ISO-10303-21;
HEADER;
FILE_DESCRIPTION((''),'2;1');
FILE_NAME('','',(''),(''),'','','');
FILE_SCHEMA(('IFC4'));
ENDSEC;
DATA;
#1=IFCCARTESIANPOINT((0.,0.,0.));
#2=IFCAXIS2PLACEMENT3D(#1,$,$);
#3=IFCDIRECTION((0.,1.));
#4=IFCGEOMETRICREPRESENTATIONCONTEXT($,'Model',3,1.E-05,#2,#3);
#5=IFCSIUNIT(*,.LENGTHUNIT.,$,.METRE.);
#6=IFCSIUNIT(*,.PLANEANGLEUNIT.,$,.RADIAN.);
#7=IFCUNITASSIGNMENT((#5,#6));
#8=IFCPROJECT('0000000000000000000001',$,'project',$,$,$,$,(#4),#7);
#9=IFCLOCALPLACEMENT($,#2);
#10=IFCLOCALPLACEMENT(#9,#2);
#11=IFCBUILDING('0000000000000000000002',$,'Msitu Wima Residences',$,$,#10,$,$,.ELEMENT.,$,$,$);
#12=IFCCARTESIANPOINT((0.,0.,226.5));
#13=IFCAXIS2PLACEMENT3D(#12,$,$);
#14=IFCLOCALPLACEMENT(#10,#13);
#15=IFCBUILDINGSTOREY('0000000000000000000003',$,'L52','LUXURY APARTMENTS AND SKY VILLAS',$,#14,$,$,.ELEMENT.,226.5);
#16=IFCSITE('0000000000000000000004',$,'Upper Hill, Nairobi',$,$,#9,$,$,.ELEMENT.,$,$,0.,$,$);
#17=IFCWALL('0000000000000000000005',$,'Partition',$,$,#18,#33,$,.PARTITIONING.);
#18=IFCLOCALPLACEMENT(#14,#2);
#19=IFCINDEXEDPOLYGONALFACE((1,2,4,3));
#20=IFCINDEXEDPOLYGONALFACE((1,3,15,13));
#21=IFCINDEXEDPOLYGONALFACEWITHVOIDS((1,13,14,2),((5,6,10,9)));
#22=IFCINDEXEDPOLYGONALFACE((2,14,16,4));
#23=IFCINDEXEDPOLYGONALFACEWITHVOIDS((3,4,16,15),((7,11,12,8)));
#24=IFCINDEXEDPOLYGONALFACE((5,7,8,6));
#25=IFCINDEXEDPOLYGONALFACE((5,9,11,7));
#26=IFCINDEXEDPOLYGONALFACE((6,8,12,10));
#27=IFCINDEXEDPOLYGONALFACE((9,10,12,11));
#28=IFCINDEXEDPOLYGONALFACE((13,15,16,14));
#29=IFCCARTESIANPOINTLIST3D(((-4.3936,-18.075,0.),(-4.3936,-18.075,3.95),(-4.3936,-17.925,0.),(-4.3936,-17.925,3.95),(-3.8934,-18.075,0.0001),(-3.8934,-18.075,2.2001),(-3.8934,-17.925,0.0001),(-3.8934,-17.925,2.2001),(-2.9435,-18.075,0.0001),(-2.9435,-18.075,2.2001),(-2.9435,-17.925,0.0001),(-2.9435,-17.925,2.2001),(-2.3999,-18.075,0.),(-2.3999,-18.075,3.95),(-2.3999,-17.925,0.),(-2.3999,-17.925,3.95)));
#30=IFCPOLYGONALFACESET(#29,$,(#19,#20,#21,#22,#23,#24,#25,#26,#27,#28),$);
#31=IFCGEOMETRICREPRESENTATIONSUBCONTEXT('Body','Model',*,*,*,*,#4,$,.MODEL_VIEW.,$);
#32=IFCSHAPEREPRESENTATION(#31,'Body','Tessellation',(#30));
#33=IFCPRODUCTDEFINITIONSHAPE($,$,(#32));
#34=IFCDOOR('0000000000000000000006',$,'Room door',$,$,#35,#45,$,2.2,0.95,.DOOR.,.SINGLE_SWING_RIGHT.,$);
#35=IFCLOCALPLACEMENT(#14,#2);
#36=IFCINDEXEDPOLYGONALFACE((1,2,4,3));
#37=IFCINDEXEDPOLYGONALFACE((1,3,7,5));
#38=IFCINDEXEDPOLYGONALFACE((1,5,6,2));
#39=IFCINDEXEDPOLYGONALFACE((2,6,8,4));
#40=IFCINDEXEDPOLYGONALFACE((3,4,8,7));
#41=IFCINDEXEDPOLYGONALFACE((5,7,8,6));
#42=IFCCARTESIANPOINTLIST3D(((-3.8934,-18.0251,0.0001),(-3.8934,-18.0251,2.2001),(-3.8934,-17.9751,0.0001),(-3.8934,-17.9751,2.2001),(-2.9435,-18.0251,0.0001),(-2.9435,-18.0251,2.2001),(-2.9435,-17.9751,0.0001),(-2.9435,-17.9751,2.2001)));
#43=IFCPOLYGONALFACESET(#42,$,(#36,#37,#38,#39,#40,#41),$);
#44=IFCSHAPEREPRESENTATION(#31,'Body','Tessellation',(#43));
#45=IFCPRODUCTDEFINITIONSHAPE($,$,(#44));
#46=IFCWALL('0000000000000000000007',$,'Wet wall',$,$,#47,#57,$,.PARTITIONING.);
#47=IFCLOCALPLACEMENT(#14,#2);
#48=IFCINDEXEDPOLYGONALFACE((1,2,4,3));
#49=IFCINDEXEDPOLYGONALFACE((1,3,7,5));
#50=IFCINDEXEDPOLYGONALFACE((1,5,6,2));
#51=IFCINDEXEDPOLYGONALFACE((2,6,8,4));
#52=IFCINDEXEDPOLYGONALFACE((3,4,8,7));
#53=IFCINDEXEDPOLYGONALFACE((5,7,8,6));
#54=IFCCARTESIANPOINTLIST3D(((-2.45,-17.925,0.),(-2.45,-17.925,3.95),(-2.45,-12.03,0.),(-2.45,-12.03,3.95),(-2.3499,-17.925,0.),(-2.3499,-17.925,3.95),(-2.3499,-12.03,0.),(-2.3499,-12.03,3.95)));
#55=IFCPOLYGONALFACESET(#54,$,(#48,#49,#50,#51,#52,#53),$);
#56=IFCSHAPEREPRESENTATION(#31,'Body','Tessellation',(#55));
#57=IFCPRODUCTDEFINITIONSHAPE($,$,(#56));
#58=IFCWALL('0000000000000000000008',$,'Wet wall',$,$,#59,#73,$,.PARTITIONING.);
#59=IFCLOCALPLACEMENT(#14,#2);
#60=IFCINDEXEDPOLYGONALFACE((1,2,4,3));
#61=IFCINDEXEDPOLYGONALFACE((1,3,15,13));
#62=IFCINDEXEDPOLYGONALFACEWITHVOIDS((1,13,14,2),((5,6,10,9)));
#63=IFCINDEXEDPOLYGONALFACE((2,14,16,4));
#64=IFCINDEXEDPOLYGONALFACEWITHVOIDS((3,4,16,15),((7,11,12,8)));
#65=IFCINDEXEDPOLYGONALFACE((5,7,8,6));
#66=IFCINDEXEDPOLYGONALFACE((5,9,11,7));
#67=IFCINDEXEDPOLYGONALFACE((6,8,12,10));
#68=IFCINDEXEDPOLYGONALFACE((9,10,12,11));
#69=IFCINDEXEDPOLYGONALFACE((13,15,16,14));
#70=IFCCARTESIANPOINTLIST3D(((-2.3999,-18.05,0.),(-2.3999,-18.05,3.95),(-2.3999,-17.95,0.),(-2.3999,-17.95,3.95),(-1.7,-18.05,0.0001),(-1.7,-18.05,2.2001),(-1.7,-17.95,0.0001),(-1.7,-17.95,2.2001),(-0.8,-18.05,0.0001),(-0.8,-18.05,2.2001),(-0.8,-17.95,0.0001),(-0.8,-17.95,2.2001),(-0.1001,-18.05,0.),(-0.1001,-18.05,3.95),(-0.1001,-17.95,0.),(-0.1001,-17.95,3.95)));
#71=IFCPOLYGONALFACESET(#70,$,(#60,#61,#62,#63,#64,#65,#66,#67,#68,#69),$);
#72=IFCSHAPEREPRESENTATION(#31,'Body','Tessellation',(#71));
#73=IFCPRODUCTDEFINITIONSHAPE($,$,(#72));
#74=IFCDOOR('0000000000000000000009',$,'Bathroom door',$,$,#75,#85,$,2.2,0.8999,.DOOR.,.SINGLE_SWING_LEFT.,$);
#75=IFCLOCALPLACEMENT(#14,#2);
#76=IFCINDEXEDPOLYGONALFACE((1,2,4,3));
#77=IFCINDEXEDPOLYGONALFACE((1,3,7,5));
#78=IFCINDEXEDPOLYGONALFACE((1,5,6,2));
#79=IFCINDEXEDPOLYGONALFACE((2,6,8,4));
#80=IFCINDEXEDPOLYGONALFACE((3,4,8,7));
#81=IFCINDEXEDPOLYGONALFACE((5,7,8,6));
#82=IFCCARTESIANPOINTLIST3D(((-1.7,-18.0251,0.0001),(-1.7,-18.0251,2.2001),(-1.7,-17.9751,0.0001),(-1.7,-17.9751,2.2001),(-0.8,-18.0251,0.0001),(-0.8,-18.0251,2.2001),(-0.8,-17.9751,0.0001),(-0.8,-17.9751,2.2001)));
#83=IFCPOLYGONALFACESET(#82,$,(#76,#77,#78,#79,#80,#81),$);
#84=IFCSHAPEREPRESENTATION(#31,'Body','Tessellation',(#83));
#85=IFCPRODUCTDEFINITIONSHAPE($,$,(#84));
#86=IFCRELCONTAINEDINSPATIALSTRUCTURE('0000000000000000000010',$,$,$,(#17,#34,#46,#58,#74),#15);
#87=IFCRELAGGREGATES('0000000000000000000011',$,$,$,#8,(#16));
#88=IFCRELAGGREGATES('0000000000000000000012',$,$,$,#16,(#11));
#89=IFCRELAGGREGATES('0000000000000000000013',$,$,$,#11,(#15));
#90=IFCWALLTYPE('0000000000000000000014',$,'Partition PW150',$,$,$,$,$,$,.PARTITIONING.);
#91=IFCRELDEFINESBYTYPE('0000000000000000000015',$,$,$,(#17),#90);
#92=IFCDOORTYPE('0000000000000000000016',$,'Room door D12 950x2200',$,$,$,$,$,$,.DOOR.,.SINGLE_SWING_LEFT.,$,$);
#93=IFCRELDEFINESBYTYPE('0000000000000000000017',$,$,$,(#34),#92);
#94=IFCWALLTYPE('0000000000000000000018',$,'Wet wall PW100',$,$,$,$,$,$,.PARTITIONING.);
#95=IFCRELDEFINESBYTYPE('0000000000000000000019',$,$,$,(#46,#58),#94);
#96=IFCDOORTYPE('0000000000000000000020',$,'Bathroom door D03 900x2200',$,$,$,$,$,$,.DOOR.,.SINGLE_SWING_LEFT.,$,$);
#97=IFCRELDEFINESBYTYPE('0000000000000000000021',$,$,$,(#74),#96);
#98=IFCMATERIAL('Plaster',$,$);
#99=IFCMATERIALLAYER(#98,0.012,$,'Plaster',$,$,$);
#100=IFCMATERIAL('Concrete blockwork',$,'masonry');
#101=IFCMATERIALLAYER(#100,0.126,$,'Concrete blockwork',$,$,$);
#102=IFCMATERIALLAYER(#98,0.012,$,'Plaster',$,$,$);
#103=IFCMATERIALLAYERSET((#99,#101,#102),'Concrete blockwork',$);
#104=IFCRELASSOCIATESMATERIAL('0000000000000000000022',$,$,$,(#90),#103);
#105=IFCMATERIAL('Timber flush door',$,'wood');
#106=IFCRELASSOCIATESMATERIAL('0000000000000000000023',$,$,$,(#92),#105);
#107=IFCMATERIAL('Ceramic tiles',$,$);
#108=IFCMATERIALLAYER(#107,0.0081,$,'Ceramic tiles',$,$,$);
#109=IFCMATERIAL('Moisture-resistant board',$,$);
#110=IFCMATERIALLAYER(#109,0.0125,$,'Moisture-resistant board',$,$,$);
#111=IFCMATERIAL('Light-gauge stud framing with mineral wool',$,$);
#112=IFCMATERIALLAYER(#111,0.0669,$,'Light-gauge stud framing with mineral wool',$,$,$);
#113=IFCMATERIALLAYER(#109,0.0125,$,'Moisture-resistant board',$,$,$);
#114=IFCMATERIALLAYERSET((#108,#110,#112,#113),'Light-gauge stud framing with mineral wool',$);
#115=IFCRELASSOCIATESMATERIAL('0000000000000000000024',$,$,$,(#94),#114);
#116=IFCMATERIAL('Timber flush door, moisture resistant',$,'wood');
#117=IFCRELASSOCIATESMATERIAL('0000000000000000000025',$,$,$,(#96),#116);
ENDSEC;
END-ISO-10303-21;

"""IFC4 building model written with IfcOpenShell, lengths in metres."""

from ifc_helpers import new_model, si_unit, direction, frame, frame_2d, origin, place, context, subcontext, project, spatial, rectangle, extrude, material, layer, layer_set, type_object, element, fill, save


model = new_model("IFC4")

# Units and contexts
model_context = context("Model", 3, precision=1e-05, world=origin(), true_north=direction((0.0, 1.0)))
body_context = subcontext(model_context, "Body", "Model", "MODEL_VIEW")
ifc_project = project(units=[si_unit("LENGTHUNIT", "METRE"), si_unit("PLANEANGLEUNIT", "RADIAN")], contexts=[model_context])

# Site, building, storey
site_placement = place(None, origin())
site = spatial("IfcSite", under=ifc_project, at=site_placement, Name="Upper Hill, Nairobi", CompositionType="ELEMENT", RefElevation=0.0)
building_placement = place(site_placement, origin())
building = spatial("IfcBuilding", under=site, at=building_placement, Name="Msitu Wima Residences", CompositionType="ELEMENT")
storey_placement = place(building_placement, frame((0.0, 0.0, 226.5)))
storey = spatial("IfcBuildingStorey", under=building, at=storey_placement, Name="L52", Description="LUXURY APARTMENTS AND SKY VILLAS", CompositionType="ELEMENT", Elevation=226.5)

# Shared definitions
ifc_material_1 = material(Name="Plaster")
ifc_layer_1 = layer(ifc_material_1, 0.012, Name="Plaster")
ifc_material_2 = material(Name="Concrete blockwork", Category="masonry")
ifc_layer_2 = layer(ifc_material_2, 0.126, Name="Concrete blockwork")
ifc_layer_3 = layer(ifc_material_1, 0.012, Name="Plaster")
ifc_layer_set_1 = layer_set([ifc_layer_1, ifc_layer_2, ifc_layer_3], Name="Concrete blockwork")
wall_type_1 = type_object("IfcWallType", Name="Partition PW150", PredefinedType="PARTITIONING", material=ifc_layer_set_1)
ifc_material_3 = material(Name="Timber flush door", Category="wood")
door_type_1 = type_object("IfcDoorType", Name="Room door D12 950x2200", OperationType="SINGLE_SWING_LEFT", PredefinedType="DOOR", material=ifc_material_3)

# Wall, opening, door
wall_1_placement = place(storey_placement, frame((-4.3936, -18.0, 0.0), z_axis=(0.0, 0.0, 1.0), x_axis=(1.0, 0.0, 0.0)))
wall_1 = element("IfcWall", 1, at=wall_1_placement, inside=storey, type_object=wall_type_1, Name="Partition", PredefinedType="PARTITIONING", context=body_context, shape_type="SweptSolid", body=[
    extrude(rectangle(XDim=1.9937, YDim=0.1499, at=frame_2d((0.9968, 0.0))), origin(), (0.0, 0.0, 1.0), 3.95),
])
opening_1_placement = place(wall_1_placement, frame((0.5, 0.0, 0.0)))
opening_1 = element("IfcOpeningElement", 2, at=opening_1_placement, cuts=wall_1, PredefinedType="OPENING", context=body_context, shape_type="SweptSolid", body=[
    extrude(rectangle(XDim=0.95, YDim=2.2, at=frame_2d((0.4751, 1.1001))), frame((0.0, 0.085, 0.0), z_axis=(0.0, -1.0, 0.0), x_axis=(1.0, 0.0, 0.0)), (0.0, 0.0, 1.0), 0.1699),
])
door_1_placement = place(opening_1_placement, origin())
door_1 = element("IfcDoor", 3, at=door_1_placement, inside=storey, type_object=door_type_1, Name="Room door", OperationType="SINGLE_SWING_RIGHT", OverallHeight=2.2, OverallWidth=0.95, PredefinedType="DOOR", context=body_context, shape_type="SweptSolid", body=[
    extrude(rectangle(XDim=0.95, YDim=2.2, at=frame_2d((0.4751, 1.1001))), frame((0.0, 0.0249, 0.0), z_axis=(0.0, -1.0, 0.0), x_axis=(1.0, 0.0, 0.0)), (0.0, 0.0, 1.0), 0.05),
])
fill(opening_1, door_1)

# Wall
ifc_material_4 = material(Name="Ceramic tiles")
ifc_layer_4 = layer(ifc_material_4, 0.0081, Name="Ceramic tiles")
ifc_material_5 = material(Name="Moisture-resistant board")
ifc_layer_5 = layer(ifc_material_5, 0.0125, Name="Moisture-resistant board")
ifc_material_6 = material(Name="Light-gauge stud framing with mineral wool")
ifc_layer_6 = layer(ifc_material_6, 0.0669, Name="Light-gauge stud framing with mineral wool")
ifc_layer_7 = layer(ifc_material_5, 0.0125, Name="Moisture-resistant board")
ifc_layer_set_2 = layer_set([ifc_layer_4, ifc_layer_5, ifc_layer_6, ifc_layer_7], Name="Light-gauge stud framing with mineral wool")
wall_type_2 = type_object("IfcWallType", Name="Wet wall PW100", PredefinedType="PARTITIONING", material=ifc_layer_set_2)
wall_2_placement = place(storey_placement, frame((-2.3999, -17.925, 0.0), z_axis=(0.0, 0.0, 1.0), x_axis=(0.0, 1.0, 0.0)))
element("IfcWall", 4, at=wall_2_placement, inside=storey, type_object=wall_type_2, Name="Wet wall", PredefinedType="PARTITIONING", context=body_context, shape_type="SweptSolid", body=[
    extrude(rectangle(XDim=5.895, YDim=0.1001, at=frame_2d((2.9475, 0.0))), origin(), (0.0, 0.0, 1.0), 3.95),
])

# Wall, opening, door
wall_3_placement = place(storey_placement, frame((-2.3999, -18.0, 0.0), z_axis=(0.0, 0.0, 1.0), x_axis=(1.0, 0.0, 0.0)))
wall_3 = element("IfcWall", 5, at=wall_3_placement, inside=storey, type_object=wall_type_2, Name="Wet wall", PredefinedType="PARTITIONING", context=body_context, shape_type="SweptSolid", body=[
    extrude(rectangle(XDim=2.2998, YDim=0.1001, at=frame_2d((1.1499, 0.0))), origin(), (0.0, 0.0, 1.0), 3.95),
])
opening_2_placement = place(wall_3_placement, frame((0.7, 0.0, 0.0)))
opening_2 = element("IfcOpeningElement", 6, at=opening_2_placement, cuts=wall_3, PredefinedType="OPENING", context=body_context, shape_type="SweptSolid", body=[
    extrude(rectangle(XDim=0.8999, YDim=2.2, at=frame_2d((0.45, 1.1001))), frame((0.0, 0.0601, 0.0), z_axis=(0.0, -1.0, 0.0), x_axis=(1.0, 0.0, 0.0)), (0.0, 0.0, 1.0), 0.1201),
])
ifc_material_7 = material(Name="Timber flush door, moisture resistant", Category="wood")
door_type_2 = type_object("IfcDoorType", Name="Bathroom door D03 900x2200", OperationType="SINGLE_SWING_LEFT", PredefinedType="DOOR", material=ifc_material_7)
door_2_placement = place(opening_2_placement, origin())
door_2 = element("IfcDoor", 7, at=door_2_placement, inside=storey, type_object=door_type_2, Name="Bathroom door", OperationType="SINGLE_SWING_LEFT", OverallHeight=2.2, OverallWidth=0.8999, PredefinedType="DOOR", context=body_context, shape_type="SweptSolid", body=[
    extrude(rectangle(XDim=0.8999, YDim=2.2, at=frame_2d((0.45, 1.1001))), frame((0.0, 0.0249, 0.0), z_axis=(0.0, -1.0, 0.0), x_axis=(1.0, 0.0, 0.0)), (0.0, 0.0, 1.0), 0.05),
])
fill(opening_2, door_2)

save(model, "model.ifc")
